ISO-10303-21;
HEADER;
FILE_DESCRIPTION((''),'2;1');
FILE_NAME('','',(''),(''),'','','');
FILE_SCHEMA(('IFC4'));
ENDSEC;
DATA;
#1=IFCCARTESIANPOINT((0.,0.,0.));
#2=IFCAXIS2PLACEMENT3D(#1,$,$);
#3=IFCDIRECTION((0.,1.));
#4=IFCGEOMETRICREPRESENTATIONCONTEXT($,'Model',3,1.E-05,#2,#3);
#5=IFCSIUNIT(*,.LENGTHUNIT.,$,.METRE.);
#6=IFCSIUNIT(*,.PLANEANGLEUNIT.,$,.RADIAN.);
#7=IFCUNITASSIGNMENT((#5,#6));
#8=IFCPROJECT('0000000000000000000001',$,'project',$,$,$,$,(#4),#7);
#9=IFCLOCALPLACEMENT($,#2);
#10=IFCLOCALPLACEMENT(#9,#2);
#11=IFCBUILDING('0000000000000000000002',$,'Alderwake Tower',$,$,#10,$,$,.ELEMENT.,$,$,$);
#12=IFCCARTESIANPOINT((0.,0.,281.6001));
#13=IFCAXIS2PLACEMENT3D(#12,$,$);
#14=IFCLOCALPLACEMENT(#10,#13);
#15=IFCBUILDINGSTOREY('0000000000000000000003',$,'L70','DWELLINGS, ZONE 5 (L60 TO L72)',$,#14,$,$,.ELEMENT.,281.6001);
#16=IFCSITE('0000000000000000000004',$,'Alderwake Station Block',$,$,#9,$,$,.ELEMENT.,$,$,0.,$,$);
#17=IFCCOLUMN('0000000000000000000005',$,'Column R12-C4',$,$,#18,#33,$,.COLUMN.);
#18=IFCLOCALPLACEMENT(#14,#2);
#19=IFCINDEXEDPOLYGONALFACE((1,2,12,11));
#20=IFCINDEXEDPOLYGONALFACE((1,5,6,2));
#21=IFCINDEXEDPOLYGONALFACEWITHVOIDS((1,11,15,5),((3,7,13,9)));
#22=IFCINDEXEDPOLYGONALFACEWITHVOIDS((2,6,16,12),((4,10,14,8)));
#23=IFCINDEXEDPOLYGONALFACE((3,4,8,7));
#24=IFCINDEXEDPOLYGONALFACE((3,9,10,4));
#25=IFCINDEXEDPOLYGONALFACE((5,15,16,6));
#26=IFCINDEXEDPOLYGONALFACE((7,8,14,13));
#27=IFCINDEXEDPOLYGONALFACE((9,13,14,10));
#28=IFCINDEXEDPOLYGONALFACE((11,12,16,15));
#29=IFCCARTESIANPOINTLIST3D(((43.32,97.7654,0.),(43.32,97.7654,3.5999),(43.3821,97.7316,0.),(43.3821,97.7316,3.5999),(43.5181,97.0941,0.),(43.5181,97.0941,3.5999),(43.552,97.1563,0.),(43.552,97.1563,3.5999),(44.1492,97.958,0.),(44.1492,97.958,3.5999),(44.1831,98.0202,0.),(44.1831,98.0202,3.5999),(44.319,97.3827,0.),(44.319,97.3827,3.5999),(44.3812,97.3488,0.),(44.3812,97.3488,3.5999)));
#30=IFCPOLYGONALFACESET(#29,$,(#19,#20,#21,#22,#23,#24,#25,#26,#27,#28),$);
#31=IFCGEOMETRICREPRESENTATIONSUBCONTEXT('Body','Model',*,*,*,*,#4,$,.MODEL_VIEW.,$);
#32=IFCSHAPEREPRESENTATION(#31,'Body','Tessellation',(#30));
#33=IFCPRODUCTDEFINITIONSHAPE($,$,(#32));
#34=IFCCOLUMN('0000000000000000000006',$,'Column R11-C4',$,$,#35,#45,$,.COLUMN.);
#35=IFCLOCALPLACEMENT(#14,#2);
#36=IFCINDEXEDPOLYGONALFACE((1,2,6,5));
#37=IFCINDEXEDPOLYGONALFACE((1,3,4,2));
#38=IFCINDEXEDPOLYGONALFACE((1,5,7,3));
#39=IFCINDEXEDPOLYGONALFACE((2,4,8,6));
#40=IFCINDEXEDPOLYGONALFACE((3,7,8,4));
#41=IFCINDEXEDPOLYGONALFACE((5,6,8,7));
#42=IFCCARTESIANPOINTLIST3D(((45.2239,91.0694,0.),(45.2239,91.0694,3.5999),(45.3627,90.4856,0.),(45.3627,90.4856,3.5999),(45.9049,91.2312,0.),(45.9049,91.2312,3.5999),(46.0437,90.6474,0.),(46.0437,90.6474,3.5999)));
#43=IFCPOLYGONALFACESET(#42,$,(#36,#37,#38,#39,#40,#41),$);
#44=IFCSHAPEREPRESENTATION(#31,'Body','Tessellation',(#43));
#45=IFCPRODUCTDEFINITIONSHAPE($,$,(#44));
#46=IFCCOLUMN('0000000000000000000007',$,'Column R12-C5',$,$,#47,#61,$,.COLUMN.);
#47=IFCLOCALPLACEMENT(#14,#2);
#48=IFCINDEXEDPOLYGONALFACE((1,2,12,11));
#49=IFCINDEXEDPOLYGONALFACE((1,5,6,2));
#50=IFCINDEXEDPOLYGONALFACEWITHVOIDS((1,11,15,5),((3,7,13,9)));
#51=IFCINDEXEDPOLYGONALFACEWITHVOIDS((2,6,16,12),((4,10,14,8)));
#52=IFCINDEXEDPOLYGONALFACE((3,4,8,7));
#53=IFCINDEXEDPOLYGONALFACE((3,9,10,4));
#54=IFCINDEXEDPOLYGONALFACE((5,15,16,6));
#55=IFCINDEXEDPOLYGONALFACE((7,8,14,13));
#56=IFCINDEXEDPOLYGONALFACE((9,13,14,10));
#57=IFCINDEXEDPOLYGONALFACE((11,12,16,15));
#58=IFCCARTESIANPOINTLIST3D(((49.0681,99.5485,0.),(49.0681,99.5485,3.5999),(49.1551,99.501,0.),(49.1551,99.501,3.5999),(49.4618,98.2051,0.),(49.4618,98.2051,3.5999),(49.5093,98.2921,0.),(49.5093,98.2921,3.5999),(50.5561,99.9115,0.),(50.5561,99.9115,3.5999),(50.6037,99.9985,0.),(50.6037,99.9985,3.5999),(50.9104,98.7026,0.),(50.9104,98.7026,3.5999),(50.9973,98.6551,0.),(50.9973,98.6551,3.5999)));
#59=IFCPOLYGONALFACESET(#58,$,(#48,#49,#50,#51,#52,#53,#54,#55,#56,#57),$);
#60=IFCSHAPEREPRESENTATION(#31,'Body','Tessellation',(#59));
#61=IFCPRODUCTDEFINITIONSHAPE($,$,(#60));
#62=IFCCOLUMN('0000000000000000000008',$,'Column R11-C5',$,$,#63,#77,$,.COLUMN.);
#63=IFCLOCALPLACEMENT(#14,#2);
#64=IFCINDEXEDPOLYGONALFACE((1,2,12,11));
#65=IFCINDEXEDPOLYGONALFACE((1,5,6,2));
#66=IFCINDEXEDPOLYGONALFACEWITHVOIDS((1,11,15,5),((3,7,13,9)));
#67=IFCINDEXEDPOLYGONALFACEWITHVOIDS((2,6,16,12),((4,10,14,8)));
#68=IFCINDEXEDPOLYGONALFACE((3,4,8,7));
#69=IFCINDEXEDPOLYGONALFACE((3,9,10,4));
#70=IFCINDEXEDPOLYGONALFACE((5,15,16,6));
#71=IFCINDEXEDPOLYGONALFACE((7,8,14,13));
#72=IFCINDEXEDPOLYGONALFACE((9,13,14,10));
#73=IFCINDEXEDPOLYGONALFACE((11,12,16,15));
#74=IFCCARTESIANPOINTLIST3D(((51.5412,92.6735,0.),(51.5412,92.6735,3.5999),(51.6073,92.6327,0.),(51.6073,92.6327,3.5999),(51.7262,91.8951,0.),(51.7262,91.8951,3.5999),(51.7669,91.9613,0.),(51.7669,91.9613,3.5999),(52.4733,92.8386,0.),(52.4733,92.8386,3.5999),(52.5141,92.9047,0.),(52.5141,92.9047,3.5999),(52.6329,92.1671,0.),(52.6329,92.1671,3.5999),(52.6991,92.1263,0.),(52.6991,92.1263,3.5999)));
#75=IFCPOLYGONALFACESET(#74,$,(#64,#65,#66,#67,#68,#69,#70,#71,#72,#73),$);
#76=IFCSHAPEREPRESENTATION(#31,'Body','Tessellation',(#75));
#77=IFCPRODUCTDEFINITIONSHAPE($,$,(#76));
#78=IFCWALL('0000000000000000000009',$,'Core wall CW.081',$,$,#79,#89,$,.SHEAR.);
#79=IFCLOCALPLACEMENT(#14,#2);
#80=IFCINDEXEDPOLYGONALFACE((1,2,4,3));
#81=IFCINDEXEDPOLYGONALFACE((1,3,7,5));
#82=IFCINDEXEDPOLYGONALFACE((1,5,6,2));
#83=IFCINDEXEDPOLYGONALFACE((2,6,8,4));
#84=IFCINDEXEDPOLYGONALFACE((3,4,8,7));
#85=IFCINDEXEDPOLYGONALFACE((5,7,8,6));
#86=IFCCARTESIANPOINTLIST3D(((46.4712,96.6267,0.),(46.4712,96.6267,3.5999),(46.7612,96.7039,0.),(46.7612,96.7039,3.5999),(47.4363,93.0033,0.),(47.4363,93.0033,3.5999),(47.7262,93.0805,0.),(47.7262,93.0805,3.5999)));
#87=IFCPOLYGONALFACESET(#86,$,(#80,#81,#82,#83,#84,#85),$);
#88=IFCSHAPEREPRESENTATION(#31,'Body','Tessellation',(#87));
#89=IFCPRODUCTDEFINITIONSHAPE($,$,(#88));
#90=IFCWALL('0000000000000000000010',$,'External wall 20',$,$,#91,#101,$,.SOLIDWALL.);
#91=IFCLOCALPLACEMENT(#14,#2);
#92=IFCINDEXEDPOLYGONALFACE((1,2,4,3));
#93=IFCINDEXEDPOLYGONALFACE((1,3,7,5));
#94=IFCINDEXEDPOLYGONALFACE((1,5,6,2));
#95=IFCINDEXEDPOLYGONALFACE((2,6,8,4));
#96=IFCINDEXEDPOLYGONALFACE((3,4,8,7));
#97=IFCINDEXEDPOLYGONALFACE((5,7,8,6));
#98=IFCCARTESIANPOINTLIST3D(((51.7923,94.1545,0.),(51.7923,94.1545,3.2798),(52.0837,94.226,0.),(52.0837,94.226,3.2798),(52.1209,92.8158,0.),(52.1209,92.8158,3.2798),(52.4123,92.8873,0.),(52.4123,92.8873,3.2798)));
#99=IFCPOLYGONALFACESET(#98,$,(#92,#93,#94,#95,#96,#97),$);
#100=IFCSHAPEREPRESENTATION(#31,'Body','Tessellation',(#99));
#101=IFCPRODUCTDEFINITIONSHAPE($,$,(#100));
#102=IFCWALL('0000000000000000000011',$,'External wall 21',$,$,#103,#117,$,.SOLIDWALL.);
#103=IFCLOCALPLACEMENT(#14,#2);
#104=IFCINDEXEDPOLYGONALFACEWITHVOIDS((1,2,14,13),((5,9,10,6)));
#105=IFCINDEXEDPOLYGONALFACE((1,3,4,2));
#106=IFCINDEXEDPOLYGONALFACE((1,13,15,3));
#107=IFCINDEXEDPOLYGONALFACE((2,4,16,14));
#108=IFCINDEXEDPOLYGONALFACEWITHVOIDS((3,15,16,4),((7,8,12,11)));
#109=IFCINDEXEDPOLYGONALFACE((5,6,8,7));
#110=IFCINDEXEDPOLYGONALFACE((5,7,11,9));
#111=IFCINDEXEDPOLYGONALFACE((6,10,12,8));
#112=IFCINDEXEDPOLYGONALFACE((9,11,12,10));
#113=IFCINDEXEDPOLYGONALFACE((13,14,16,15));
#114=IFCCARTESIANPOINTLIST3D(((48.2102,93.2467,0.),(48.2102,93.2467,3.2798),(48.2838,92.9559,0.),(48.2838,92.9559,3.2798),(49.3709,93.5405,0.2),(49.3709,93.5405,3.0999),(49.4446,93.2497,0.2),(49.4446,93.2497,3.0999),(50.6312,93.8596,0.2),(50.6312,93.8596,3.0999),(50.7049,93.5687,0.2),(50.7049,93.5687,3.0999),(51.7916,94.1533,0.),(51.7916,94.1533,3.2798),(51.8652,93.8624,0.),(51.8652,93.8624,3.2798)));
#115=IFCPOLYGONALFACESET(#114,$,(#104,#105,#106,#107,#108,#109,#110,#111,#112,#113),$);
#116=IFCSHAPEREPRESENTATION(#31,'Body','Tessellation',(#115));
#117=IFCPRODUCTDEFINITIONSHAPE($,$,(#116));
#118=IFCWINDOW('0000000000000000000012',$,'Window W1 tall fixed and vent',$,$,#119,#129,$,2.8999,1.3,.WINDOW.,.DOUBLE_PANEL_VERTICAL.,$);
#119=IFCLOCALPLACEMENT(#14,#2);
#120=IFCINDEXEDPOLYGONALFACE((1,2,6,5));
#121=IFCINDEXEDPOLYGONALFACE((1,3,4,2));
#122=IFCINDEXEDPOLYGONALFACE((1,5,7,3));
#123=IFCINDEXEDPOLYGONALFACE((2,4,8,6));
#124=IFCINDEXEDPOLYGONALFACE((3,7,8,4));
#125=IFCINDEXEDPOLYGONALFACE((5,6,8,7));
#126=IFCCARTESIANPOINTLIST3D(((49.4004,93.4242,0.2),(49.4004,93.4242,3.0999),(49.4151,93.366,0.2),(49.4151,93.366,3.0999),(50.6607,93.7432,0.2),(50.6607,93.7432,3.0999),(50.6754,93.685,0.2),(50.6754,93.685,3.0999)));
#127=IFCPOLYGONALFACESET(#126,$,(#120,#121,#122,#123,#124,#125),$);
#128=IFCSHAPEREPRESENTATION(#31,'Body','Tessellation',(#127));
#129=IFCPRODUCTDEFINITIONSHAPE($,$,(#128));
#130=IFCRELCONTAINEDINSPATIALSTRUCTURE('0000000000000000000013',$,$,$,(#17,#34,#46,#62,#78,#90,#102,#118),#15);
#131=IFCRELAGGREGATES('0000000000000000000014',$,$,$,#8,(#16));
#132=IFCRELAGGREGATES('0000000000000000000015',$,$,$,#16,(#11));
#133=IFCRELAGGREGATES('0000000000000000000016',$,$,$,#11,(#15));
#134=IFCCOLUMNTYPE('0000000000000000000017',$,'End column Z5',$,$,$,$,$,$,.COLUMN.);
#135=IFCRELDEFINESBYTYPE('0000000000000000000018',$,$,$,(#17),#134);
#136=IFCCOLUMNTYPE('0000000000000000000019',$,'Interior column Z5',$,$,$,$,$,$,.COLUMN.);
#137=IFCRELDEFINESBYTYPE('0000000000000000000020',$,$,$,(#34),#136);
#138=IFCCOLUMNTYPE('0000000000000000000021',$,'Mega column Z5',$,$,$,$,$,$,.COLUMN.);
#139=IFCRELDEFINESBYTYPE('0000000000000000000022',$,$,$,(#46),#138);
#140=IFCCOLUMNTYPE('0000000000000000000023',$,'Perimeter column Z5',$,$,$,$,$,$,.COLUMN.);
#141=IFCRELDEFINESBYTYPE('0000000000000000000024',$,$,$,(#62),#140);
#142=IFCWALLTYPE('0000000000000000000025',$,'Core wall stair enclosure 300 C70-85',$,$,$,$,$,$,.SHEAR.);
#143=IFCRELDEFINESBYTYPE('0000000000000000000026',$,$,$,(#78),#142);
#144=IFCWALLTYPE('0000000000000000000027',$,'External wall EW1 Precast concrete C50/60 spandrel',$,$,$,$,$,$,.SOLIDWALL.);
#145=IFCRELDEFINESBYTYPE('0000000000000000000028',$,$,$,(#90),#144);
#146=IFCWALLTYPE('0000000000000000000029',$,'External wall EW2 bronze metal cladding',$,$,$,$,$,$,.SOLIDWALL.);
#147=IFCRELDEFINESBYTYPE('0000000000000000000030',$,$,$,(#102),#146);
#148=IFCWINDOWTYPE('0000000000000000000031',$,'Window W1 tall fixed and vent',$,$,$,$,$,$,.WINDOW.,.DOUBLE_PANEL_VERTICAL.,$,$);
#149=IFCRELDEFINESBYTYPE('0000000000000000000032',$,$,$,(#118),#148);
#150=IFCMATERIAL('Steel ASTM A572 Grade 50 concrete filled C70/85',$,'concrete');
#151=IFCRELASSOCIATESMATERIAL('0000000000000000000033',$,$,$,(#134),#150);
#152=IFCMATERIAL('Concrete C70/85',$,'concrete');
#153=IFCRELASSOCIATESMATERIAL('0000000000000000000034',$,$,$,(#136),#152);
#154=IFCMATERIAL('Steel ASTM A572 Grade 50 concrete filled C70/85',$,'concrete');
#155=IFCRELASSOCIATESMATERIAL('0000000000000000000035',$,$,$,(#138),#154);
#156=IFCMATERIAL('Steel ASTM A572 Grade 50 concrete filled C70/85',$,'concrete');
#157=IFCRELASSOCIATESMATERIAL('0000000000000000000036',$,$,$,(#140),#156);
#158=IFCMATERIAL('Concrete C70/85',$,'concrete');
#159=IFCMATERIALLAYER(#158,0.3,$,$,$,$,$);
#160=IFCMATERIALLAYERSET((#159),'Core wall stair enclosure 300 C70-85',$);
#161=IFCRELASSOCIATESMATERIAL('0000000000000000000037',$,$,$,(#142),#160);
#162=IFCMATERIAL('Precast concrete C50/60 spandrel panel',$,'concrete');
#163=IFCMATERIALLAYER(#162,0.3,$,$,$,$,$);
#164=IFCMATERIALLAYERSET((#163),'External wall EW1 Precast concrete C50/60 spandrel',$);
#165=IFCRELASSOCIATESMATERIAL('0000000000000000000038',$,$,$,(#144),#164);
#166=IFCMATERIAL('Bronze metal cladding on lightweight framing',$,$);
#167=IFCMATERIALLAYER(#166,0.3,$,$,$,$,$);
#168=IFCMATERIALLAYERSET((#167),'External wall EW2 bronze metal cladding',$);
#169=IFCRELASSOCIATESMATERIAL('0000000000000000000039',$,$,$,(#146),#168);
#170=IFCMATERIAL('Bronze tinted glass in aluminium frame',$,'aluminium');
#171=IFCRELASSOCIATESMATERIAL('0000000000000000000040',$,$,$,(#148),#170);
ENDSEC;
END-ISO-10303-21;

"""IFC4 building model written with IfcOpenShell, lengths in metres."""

from ifc_helpers import new_model, si_unit, direction, frame, frame_2d, origin, origin_2d, place, context, subcontext, project, spatial, rectangle, hollow_rectangle, extrude, material, layer, layer_set, material_profile, profile_set, type_object, element, fill, save


model = new_model("IFC4")

# Units and contexts
model_context = context("Model", 3, precision=1e-05, world=origin(), true_north=direction((0.0, 1.0)))
body_context = subcontext(model_context, "Body", "Model", "MODEL_VIEW")
ifc_project = project(units=[si_unit("LENGTHUNIT", "METRE"), si_unit("PLANEANGLEUNIT", "RADIAN")], contexts=[model_context])

# Site, building, storey
site_placement = place(None, origin())
site = spatial("IfcSite", under=ifc_project, at=site_placement, Name="Alderwake Station Block", CompositionType="ELEMENT", RefElevation=0.0)
building_placement = place(site_placement, origin())
building = spatial("IfcBuilding", under=site, at=building_placement, Name="Alderwake Tower", CompositionType="ELEMENT")
storey_placement = place(building_placement, frame((0.0, 0.0, 281.6001)))
storey = spatial("IfcBuildingStorey", under=building, at=storey_placement, Name="L70", Description="DWELLINGS, ZONE 5 (L60 TO L72)", CompositionType="ELEMENT", Elevation=281.6001)

# Columns
ifc_material_1 = material(Name="Steel ASTM A572 Grade 50 concrete filled C70/85", Category="concrete")
ifc_material_profile_1 = material_profile(ifc_material_1, hollow_rectangle(XDim=0.7, YDim=0.8999, WallThickness=0.05, at=origin_2d()), Name="BOX 900X700X50")
ifc_profile_set_1 = profile_set([ifc_material_profile_1], Name="Steel ASTM A572 Grade 50 concrete filled C70/85")
column_type_1 = type_object("IfcColumnType", Name="End column Z5", PredefinedType="COLUMN", material=ifc_profile_set_1)
column_1_placement = place(storey_placement, frame((43.8506, 97.5571, 0.0), z_axis=(0.0, 0.0, 1.0), x_axis=(-0.283096, 0.959091, 0.0)))
element("IfcColumn", 1, at=column_1_placement, inside=storey, type_object=column_type_1, Name="Column R12-C4", PredefinedType="COLUMN", context=body_context, shape_type="SweptSolid", body=[
    extrude(hollow_rectangle(XDim=0.7, YDim=0.8999, WallThickness=0.05, at=origin_2d()), origin(), (0.0, 0.0, 1.0), 3.5999),
])
ifc_material_2 = material(Name="Concrete C70/85", Category="concrete")
ifc_material_profile_2 = material_profile(ifc_material_2, rectangle(XDim=0.6001, YDim=0.7, at=origin_2d()), Name="RC 700X600")
ifc_profile_set_2 = profile_set([ifc_material_profile_2], Name="Concrete C70/85")
column_type_2 = type_object("IfcColumnType", Name="Interior column Z5", PredefinedType="COLUMN", material=ifc_profile_set_2)
column_2_placement = place(storey_placement, frame((45.6338, 90.8584, 0.0), z_axis=(0.0, 0.0, 1.0), x_axis=(-0.231222, 0.972901, 0.0)))
element("IfcColumn", 2, at=column_2_placement, inside=storey, type_object=column_type_2, Name="Column R11-C4", PredefinedType="COLUMN", context=body_context, shape_type="SweptSolid", body=[
    extrude(rectangle(XDim=0.6001, YDim=0.7, at=origin_2d()), origin(), (0.0, 0.0, 1.0), 3.5999),
])
ifc_material_3 = material(Name="Steel ASTM A572 Grade 50 concrete filled C70/85", Category="concrete")
ifc_material_profile_3 = material_profile(ifc_material_3, hollow_rectangle(XDim=1.3999, YDim=1.6001, WallThickness=0.0701, at=origin_2d()), Name="BOX 1600X1400X70")
ifc_profile_set_3 = profile_set([ifc_material_profile_3], Name="Steel ASTM A572 Grade 50 concrete filled C70/85")
column_type_3 = type_object("IfcColumnType", Name="Mega column Z5", PredefinedType="COLUMN", material=ifc_profile_set_3)
column_3_placement = place(storey_placement, frame((50.0327, 99.1018, 0.0), z_axis=(0.0, 0.0, 1.0), x_axis=(-0.281194, 0.959651, 0.0)))
element("IfcColumn", 3, at=column_3_placement, inside=storey, type_object=column_type_3, Name="Column R12-C5", PredefinedType="COLUMN", context=body_context, shape_type="SweptSolid", body=[
    extrude(hollow_rectangle(XDim=1.3999, YDim=1.6001, WallThickness=0.0701, at=origin_2d()), origin(), (0.0, 0.0, 1.0), 3.5999),
])
ifc_material_4 = material(Name="Steel ASTM A572 Grade 50 concrete filled C70/85", Category="concrete")
ifc_material_profile_4 = material_profile(ifc_material_4, hollow_rectangle(XDim=0.8, YDim=1.0, WallThickness=0.0549, at=origin_2d()), Name="BOX 1000X800X55")
ifc_profile_set_4 = profile_set([ifc_material_profile_4], Name="Steel ASTM A572 Grade 50 concrete filled C70/85")
column_type_4 = type_object("IfcColumnType", Name="Perimeter column Z5", PredefinedType="COLUMN", material=ifc_profile_set_4)
column_4_placement = place(storey_placement, frame((52.1201, 92.3999, 0.0), z_axis=(0.0, 0.0, 1.0), x_axis=(-0.231222, 0.972901, 0.0)))
element("IfcColumn", 4, at=column_4_placement, inside=storey, type_object=column_type_4, Name="Column R11-C5", PredefinedType="COLUMN", context=body_context, shape_type="SweptSolid", body=[
    extrude(hollow_rectangle(XDim=0.8, YDim=1.0, WallThickness=0.0549, at=origin_2d()), origin(), (0.0, 0.0, 1.0), 3.5999),
])

# Walls
ifc_material_5 = material(Name="Concrete C70/85", Category="concrete")
ifc_layer_1 = layer(ifc_material_5, 0.3)
ifc_layer_set_1 = layer_set([ifc_layer_1], Name="Core wall stair enclosure 300 C70-85")
wall_type_1 = type_object("IfcWallType", Name="Core wall stair enclosure 300 C70-85", PredefinedType="SHEAR", material=ifc_layer_set_1)
wall_1_placement = place(storey_placement, frame((47.5813, 93.0417, 0.0), z_axis=(0.0, 0.0, 1.0), x_axis=(-0.257367, 0.966314, 0.0)))
element("IfcWall", 5, at=wall_1_placement, inside=storey, type_object=wall_type_1, Name="Core wall CW.081", PredefinedType="SHEAR", context=body_context, shape_type="SweptSolid", body=[
    extrude(rectangle(XDim=3.7498, YDim=0.3, at=frame_2d((1.875, 0.0))), origin(), (0.0, 0.0, 1.0), 3.5999),
])
ifc_material_6 = material(Name="Precast concrete C50/60 spandrel panel", Category="concrete")
ifc_layer_2 = layer(ifc_material_6, 0.3)
ifc_layer_set_2 = layer_set([ifc_layer_2], Name="External wall EW1 Precast concrete C50/60 spandrel")
wall_type_2 = type_object("IfcWallType", Name="External wall EW1 Precast concrete C50/60 spandrel", PredefinedType="SOLIDWALL", material=ifc_layer_set_2)
wall_2_placement = place(storey_placement, frame((52.2666, 92.8516, 0.0), z_axis=(0.0, 0.0, 1.0), x_axis=(-0.238408, 0.971165, 0.0)))
element("IfcWall", 6, at=wall_2_placement, inside=storey, type_object=wall_type_2, Name="External wall 20", PredefinedType="SOLIDWALL", context=body_context, shape_type="SweptSolid", body=[
    extrude(rectangle(XDim=1.3784, YDim=0.3, at=frame_2d((0.6892, 0.0))), origin(), (0.0, 0.0, 1.0), 3.2798),
])

# Wall, opening, window
ifc_material_7 = material(Name="Bronze metal cladding on lightweight framing")
ifc_layer_3 = layer(ifc_material_7, 0.3)
ifc_layer_set_3 = layer_set([ifc_layer_3], Name="External wall EW2 bronze metal cladding")
wall_type_3 = type_object("IfcWallType", Name="External wall EW2 bronze metal cladding", PredefinedType="SOLIDWALL", material=ifc_layer_set_3)
wall_3_placement = place(storey_placement, frame((51.8284, 94.0078, 0.0), z_axis=(0.0, 0.0, 1.0), x_axis=(-0.969427, -0.24538, 0.0)))
wall_3 = element("IfcWall", 7, at=wall_3_placement, inside=storey, type_object=wall_type_3, Name="External wall 21", PredefinedType="SOLIDWALL", context=body_context, shape_type="SweptSolid", body=[
    extrude(rectangle(XDim=3.6943, YDim=0.3, at=frame_2d((1.8472, 0.0))), origin(), (0.0, 0.0, 1.0), 3.2798),
])
opening_1_placement = place(wall_3_placement, frame((1.197, 0.0, 0.2)))
opening_1 = element("IfcOpeningElement", 8, at=opening_1_placement, cuts=wall_3, PredefinedType="OPENING", context=body_context, shape_type="SweptSolid", body=[
    extrude(rectangle(XDim=1.3, YDim=2.8999, at=frame_2d((0.6499, 1.45))), frame((0.0, 0.1599, 0.0), z_axis=(0.0, -1.0, 0.0), x_axis=(1.0, 0.0, 0.0)), (0.0, 0.0, 1.0), 0.3201),
])
ifc_material_8 = material(Name="Bronze tinted glass in aluminium frame", Category="aluminium")
window_type = type_object("IfcWindowType", Name="Window W1 tall fixed and vent", PartitioningType="DOUBLE_PANEL_VERTICAL", PredefinedType="WINDOW", material=ifc_material_8)
window_1_placement = place(opening_1_placement, origin())
window_1 = element("IfcWindow", 9, at=window_1_placement, inside=storey, type_object=window_type, Name="Window W1 tall fixed and vent", OverallHeight=2.8999, OverallWidth=1.3, PartitioningType="DOUBLE_PANEL_VERTICAL", PredefinedType="WINDOW", context=body_context, shape_type="SweptSolid", body=[
    extrude(rectangle(XDim=1.3, YDim=2.8999, at=frame_2d((0.6499, 1.45))), frame((0.0, 0.03, 0.0), z_axis=(0.0, -1.0, 0.0), x_axis=(1.0, 0.0, 0.0)), (0.0, 0.0, 1.0), 0.0601),
])
fill(opening_1, window_1)

save(model, "model.ifc")
